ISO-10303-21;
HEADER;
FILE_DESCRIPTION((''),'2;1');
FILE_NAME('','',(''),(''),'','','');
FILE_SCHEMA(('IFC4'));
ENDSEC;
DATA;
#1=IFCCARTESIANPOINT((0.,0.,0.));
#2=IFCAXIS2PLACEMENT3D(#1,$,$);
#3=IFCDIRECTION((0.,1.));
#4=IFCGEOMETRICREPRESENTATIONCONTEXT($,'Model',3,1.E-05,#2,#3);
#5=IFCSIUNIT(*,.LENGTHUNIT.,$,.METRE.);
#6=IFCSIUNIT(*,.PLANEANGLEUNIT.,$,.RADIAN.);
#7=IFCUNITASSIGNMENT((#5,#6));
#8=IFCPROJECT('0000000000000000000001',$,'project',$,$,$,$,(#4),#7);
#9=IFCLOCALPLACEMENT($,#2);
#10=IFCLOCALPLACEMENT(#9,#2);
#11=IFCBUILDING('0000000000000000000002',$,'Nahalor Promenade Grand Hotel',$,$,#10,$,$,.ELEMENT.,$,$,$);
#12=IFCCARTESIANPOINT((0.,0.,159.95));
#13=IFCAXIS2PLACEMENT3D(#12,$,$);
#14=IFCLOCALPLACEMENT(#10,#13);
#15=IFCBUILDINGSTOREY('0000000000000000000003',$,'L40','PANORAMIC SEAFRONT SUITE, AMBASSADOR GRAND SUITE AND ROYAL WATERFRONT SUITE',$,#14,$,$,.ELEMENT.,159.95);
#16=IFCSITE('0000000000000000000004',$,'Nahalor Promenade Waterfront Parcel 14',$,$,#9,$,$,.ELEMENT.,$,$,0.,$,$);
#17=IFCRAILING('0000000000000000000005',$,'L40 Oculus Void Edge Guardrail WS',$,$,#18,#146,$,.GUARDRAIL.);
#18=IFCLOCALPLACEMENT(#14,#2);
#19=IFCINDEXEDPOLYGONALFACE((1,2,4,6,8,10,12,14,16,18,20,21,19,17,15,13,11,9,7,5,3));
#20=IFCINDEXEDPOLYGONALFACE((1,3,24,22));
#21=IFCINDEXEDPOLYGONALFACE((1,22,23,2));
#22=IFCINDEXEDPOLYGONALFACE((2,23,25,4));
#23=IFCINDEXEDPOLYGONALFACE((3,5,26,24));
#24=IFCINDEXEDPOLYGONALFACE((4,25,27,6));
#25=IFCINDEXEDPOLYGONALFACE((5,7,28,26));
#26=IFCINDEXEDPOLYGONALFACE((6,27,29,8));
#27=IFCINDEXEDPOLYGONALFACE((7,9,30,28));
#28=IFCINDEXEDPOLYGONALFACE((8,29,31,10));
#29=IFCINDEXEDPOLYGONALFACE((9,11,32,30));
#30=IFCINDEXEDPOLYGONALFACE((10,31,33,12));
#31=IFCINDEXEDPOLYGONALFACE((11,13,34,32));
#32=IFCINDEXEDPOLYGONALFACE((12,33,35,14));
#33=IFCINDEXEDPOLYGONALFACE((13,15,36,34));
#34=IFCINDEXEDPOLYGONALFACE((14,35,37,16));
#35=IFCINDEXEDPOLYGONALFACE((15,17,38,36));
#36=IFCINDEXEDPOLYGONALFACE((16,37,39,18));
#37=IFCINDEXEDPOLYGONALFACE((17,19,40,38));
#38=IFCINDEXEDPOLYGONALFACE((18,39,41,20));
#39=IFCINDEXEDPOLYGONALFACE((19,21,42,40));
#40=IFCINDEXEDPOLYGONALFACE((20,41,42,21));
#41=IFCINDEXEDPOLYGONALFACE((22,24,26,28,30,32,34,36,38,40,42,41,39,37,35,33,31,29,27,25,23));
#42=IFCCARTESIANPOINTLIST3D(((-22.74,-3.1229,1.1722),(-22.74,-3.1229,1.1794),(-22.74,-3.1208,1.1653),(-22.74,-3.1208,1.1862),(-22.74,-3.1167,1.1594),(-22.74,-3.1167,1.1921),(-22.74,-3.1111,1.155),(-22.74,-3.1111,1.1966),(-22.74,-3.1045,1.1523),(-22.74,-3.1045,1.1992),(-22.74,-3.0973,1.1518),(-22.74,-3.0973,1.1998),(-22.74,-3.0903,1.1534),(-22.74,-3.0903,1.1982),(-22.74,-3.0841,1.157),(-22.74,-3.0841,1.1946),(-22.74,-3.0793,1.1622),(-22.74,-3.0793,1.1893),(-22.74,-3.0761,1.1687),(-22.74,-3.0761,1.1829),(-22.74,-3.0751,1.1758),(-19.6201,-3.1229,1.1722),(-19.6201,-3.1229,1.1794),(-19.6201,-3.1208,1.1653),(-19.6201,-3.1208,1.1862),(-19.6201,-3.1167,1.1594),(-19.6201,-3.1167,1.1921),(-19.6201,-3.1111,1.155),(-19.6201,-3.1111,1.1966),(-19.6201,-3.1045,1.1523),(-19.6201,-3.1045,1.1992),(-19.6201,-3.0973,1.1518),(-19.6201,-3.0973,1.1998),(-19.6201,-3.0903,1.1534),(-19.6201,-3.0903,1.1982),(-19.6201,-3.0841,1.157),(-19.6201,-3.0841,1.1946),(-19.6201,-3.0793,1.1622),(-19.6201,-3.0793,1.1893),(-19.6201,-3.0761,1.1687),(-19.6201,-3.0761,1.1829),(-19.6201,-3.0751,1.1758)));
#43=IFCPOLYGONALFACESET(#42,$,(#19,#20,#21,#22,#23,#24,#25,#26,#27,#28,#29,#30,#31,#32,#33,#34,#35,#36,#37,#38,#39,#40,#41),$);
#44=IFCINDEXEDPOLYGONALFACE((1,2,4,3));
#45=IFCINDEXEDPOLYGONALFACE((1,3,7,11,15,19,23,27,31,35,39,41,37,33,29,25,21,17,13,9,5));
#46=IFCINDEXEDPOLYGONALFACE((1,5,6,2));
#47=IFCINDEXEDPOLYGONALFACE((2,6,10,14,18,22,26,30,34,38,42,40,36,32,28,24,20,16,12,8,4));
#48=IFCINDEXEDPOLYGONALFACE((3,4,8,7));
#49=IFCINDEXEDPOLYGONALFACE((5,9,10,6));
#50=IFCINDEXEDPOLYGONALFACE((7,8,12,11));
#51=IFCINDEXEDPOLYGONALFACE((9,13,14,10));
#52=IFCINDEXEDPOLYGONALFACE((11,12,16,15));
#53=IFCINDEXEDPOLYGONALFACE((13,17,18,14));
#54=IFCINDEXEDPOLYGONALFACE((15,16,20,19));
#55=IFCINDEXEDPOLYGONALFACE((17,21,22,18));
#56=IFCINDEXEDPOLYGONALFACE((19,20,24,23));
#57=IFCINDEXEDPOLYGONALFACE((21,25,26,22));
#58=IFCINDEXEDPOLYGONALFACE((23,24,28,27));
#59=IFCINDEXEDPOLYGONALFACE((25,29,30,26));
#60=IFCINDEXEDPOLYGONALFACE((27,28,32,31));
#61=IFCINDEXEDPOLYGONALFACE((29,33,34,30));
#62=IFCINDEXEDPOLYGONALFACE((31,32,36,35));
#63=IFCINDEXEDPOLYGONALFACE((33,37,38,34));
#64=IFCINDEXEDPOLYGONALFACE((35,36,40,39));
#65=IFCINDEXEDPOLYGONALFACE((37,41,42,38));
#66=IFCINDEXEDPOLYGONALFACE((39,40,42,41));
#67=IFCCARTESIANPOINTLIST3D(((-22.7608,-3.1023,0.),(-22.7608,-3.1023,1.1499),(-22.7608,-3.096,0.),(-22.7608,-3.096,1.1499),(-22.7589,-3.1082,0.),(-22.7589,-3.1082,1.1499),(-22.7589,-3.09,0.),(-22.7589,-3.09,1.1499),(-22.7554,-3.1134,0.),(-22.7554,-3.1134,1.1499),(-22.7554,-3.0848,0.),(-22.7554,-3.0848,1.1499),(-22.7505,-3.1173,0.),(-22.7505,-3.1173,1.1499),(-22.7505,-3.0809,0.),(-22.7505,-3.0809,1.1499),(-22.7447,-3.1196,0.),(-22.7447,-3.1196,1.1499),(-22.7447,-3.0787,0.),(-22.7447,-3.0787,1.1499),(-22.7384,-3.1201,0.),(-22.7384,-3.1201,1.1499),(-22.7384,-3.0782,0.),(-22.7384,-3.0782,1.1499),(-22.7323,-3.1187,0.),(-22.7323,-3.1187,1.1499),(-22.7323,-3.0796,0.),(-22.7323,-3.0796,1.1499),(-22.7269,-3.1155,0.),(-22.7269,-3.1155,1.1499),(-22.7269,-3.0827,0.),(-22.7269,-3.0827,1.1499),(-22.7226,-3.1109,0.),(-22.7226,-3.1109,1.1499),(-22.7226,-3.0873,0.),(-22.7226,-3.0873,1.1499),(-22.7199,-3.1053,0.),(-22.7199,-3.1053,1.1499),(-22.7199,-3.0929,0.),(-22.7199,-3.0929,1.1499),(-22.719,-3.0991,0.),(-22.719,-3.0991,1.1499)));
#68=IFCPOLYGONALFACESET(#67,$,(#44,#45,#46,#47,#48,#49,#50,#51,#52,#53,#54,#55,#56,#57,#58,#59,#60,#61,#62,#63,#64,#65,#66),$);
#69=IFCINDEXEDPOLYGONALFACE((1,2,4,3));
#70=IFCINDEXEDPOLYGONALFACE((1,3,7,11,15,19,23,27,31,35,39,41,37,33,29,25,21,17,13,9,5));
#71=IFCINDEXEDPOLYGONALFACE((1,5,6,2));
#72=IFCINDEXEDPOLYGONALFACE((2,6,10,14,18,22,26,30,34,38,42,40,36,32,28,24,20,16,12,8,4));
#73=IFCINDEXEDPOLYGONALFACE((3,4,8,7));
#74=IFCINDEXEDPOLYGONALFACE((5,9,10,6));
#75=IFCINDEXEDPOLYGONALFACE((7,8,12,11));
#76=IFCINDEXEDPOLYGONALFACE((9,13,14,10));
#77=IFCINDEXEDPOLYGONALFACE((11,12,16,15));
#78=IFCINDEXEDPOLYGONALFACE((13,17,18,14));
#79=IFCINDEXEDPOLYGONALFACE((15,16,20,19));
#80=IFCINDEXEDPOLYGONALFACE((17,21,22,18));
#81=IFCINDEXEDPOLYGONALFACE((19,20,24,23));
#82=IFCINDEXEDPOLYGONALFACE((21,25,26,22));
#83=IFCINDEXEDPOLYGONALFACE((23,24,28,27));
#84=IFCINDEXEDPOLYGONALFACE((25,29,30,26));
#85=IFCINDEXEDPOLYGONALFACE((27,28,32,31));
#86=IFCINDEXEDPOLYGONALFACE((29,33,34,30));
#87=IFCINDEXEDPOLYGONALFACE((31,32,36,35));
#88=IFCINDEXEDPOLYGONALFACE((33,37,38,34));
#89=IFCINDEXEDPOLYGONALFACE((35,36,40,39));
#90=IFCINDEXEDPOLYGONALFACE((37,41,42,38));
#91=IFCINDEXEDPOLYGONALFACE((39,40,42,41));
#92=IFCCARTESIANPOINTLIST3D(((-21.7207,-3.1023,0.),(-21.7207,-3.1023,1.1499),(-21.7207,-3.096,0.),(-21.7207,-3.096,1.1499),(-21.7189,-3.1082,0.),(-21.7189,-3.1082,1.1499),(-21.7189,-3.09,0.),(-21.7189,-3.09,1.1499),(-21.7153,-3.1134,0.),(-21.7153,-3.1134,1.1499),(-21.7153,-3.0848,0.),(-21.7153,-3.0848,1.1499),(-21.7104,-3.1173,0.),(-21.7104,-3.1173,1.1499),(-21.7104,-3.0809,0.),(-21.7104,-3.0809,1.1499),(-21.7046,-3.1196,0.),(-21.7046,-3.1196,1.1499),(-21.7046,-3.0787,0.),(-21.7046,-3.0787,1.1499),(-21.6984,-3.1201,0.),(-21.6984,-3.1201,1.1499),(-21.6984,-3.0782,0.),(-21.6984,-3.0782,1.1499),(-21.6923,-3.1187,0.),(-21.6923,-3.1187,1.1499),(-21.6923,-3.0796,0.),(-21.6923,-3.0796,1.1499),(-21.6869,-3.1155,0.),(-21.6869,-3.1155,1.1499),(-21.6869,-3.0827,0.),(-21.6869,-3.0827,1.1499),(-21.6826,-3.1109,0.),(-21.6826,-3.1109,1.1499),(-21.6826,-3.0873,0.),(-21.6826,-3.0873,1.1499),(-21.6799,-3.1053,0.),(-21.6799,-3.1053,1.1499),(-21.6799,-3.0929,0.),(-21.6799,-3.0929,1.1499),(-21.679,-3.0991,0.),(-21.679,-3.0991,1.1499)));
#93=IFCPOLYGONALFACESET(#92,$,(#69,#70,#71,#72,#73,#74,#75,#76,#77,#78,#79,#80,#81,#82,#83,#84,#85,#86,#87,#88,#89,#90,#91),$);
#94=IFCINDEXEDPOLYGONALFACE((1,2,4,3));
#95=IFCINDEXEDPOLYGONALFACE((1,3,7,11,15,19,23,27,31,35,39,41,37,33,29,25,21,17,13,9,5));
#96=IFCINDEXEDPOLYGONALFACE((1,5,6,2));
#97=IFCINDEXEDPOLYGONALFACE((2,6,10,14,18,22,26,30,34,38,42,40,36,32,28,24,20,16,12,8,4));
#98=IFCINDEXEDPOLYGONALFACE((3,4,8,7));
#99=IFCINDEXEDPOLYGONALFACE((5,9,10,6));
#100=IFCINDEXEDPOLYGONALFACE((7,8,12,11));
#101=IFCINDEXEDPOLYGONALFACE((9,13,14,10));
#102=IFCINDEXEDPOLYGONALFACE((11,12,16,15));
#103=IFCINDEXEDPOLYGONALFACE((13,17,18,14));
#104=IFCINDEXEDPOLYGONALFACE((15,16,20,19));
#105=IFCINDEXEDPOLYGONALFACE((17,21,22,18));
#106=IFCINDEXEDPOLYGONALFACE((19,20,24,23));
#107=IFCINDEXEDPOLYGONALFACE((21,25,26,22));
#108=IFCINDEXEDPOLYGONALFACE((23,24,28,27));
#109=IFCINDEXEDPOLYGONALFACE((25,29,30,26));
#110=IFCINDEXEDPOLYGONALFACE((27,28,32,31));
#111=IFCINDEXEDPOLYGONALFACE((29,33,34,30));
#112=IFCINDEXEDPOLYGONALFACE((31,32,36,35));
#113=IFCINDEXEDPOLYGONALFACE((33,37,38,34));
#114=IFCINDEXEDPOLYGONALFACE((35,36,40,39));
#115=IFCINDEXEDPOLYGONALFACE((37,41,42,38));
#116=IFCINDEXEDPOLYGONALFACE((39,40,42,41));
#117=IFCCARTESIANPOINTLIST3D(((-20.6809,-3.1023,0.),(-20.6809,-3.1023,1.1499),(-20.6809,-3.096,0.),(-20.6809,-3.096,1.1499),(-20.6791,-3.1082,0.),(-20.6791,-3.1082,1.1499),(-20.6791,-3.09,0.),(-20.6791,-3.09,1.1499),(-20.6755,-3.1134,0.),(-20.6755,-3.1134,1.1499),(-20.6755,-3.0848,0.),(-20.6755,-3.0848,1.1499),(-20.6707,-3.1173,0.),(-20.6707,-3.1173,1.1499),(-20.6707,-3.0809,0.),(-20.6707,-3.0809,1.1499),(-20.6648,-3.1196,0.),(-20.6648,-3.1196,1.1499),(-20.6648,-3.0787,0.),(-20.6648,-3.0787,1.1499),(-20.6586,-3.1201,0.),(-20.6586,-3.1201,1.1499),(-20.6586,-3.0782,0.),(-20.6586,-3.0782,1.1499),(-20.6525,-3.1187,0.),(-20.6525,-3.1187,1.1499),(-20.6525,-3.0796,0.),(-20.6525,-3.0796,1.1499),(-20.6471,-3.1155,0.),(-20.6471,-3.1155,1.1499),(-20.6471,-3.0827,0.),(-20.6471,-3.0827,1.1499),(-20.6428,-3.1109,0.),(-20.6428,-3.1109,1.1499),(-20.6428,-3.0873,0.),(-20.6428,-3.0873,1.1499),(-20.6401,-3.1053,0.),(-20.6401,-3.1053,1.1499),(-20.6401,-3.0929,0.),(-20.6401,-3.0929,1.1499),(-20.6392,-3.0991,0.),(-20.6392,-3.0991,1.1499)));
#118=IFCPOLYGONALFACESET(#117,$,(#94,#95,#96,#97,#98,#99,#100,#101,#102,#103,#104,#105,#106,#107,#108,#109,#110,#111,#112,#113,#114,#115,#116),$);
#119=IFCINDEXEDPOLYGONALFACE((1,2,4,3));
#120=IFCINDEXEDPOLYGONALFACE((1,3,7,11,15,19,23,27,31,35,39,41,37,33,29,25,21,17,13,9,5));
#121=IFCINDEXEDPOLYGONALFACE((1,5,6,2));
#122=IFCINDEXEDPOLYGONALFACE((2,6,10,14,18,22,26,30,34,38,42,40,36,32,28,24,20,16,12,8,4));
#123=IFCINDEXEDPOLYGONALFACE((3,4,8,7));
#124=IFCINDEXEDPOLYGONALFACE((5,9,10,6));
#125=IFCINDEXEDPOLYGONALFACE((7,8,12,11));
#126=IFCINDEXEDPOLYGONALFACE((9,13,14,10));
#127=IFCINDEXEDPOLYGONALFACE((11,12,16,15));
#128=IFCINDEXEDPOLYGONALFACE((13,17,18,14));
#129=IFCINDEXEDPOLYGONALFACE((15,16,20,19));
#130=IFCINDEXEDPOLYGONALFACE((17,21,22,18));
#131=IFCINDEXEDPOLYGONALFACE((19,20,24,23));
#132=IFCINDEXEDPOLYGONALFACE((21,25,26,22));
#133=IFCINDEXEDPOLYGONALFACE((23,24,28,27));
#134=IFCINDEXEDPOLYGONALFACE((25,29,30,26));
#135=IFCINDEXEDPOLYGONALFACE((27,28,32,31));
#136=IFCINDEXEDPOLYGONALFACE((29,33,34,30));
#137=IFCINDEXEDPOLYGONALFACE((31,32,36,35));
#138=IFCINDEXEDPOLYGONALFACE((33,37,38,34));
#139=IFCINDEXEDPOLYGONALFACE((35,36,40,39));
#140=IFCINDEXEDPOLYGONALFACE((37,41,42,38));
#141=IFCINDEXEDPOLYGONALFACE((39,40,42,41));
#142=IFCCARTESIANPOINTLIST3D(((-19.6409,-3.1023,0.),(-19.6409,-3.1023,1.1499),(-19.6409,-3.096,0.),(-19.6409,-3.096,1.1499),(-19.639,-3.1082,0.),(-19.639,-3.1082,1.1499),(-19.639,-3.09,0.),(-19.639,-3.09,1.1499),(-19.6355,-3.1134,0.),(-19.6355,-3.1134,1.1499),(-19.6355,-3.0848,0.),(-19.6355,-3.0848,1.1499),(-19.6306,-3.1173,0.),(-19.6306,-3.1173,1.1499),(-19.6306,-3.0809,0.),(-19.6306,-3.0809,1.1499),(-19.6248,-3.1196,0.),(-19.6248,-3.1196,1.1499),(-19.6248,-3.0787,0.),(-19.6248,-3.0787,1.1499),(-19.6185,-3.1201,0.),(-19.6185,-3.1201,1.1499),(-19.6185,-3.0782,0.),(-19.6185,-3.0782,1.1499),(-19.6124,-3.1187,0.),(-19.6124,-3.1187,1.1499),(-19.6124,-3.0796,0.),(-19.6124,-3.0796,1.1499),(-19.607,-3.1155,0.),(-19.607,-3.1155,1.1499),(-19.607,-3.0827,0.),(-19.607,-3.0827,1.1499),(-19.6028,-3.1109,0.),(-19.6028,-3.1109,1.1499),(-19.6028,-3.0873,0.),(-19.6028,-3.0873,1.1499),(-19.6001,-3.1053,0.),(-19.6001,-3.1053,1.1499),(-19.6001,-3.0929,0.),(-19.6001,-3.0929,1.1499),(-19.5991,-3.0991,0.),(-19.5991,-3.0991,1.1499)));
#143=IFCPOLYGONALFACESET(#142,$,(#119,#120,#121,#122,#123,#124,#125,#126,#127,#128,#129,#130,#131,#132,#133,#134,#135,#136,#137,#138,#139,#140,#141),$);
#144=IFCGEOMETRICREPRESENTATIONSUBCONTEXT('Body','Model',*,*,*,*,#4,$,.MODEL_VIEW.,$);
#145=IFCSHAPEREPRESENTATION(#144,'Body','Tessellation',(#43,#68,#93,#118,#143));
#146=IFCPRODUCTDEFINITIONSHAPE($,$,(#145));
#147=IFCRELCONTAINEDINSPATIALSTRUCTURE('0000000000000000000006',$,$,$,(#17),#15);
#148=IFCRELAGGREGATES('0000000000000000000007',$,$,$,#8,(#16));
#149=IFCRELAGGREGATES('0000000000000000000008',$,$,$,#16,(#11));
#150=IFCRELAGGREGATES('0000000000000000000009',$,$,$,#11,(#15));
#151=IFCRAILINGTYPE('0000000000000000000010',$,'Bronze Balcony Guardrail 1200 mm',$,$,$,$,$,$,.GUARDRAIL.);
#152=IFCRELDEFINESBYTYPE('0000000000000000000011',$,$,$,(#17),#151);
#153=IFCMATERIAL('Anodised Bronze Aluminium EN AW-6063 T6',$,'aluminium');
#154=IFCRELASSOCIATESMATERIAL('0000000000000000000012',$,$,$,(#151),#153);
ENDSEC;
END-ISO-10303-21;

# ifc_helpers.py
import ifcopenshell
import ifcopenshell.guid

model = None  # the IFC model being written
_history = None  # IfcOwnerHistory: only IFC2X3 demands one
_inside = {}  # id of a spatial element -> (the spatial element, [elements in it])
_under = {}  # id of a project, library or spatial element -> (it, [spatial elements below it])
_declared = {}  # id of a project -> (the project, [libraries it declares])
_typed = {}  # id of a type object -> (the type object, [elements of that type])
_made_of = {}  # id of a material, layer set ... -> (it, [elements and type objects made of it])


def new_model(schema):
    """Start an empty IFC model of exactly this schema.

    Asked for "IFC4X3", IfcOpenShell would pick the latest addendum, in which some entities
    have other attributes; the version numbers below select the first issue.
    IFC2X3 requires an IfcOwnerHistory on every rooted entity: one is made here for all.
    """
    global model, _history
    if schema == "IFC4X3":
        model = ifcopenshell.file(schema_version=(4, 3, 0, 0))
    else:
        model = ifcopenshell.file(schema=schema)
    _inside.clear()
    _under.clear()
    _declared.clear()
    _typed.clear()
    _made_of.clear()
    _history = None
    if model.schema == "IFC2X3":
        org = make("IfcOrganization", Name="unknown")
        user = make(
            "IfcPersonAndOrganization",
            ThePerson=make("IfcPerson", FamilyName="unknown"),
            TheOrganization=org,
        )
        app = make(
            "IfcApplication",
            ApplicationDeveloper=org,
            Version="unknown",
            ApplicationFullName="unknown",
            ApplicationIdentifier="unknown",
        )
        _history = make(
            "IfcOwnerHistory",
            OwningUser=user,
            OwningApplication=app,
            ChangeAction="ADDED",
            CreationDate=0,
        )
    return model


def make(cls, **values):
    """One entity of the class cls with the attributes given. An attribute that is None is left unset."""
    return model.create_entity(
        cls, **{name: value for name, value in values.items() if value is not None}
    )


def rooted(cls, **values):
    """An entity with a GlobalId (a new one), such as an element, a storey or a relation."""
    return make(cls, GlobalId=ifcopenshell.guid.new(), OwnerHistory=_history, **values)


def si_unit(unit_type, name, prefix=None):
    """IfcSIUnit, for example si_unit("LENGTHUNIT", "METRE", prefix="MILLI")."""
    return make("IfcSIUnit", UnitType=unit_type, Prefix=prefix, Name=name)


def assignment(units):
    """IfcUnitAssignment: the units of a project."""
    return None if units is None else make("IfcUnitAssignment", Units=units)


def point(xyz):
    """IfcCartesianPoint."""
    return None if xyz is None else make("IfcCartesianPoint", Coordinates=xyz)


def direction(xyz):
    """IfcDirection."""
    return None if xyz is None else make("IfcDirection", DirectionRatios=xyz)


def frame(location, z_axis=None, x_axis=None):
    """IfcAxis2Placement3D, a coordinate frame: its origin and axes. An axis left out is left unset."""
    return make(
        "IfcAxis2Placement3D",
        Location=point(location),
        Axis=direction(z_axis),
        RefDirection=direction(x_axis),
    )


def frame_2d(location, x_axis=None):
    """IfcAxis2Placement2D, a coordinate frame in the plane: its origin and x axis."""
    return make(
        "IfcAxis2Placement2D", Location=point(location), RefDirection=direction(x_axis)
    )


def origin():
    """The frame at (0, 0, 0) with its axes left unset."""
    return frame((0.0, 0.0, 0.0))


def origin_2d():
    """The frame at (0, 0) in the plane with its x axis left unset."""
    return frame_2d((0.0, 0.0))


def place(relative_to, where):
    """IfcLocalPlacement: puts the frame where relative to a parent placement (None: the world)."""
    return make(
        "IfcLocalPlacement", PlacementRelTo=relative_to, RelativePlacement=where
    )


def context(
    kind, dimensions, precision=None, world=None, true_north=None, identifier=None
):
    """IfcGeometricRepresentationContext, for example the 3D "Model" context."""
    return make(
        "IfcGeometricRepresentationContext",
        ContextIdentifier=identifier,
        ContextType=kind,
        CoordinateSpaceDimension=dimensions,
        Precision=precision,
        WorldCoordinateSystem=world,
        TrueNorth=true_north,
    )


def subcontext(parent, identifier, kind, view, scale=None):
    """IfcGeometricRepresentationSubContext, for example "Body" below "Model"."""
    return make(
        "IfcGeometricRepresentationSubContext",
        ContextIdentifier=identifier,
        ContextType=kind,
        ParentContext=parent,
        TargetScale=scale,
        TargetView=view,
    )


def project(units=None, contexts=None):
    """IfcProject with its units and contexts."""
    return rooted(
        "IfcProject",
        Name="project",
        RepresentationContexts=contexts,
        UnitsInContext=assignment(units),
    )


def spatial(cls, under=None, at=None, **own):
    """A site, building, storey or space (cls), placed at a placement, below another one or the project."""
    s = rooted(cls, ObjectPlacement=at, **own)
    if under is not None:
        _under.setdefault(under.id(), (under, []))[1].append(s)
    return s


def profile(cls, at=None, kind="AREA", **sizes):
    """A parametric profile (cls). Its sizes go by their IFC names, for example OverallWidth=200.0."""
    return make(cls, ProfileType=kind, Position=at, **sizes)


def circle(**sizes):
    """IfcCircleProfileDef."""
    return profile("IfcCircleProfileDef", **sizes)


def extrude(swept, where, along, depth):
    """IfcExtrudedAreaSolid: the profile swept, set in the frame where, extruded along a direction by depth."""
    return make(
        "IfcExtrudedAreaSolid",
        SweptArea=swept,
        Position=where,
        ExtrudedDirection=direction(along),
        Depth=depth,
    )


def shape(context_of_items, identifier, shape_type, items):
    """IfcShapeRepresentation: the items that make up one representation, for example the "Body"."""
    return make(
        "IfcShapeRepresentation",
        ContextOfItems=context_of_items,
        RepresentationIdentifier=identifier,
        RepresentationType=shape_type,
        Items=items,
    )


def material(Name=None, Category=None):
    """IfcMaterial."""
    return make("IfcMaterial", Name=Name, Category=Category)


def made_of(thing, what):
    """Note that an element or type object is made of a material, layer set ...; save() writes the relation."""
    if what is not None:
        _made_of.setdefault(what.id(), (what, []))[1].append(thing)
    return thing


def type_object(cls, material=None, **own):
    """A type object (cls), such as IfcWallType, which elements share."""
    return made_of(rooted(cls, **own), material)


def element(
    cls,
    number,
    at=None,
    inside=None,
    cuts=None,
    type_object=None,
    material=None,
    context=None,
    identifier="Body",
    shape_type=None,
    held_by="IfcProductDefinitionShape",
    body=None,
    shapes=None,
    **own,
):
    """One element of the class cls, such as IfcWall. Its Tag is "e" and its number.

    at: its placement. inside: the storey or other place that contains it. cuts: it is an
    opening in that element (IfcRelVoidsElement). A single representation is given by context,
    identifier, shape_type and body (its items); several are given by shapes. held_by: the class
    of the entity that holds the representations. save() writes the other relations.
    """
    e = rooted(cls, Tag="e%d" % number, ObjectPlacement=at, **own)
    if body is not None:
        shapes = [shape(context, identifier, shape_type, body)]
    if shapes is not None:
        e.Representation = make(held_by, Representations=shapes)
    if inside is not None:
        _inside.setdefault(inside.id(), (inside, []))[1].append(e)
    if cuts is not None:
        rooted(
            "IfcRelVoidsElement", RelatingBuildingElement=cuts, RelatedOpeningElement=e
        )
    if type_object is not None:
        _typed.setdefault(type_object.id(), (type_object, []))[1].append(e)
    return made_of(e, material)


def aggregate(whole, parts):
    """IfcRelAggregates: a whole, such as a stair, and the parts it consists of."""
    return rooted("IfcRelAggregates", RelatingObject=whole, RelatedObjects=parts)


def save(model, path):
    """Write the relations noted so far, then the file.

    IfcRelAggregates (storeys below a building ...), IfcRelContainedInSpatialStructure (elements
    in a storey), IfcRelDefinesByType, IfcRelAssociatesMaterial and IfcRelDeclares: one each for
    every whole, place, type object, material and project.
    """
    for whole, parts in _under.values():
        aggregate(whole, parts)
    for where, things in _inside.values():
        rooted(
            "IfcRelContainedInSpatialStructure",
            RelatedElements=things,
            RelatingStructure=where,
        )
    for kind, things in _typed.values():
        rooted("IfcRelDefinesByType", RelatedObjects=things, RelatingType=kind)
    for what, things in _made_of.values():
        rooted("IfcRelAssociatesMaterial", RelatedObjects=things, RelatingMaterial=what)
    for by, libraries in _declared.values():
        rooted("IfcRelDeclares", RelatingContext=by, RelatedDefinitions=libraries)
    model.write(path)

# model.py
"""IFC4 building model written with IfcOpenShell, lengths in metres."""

from ifc_helpers import new_model, si_unit, direction, frame, origin, origin_2d, place, context, subcontext, project, spatial, circle, extrude, material, type_object, element, save


model = new_model("IFC4")

# Units and contexts
model_context = context("Model", 3, precision=1e-05, world=origin(), true_north=direction((0.0, 1.0)))
body_context = subcontext(model_context, "Body", "Model", "MODEL_VIEW")
ifc_project = project(units=[si_unit("LENGTHUNIT", "METRE"), si_unit("PLANEANGLEUNIT", "RADIAN")], contexts=[model_context])

# Site, building, storey
site_placement = place(None, origin())
site = spatial("IfcSite", under=ifc_project, at=site_placement, Name="Nahalor Promenade Waterfront Parcel 14", CompositionType="ELEMENT", RefElevation=0.0)
building_placement = place(site_placement, origin())
building = spatial("IfcBuilding", under=site, at=building_placement, Name="Nahalor Promenade Grand Hotel", CompositionType="ELEMENT")
storey_placement = place(building_placement, frame((0.0, 0.0, 159.95)))
storey = spatial("IfcBuildingStorey", under=building, at=storey_placement, Name="L40", Description="PANORAMIC SEAFRONT SUITE, AMBASSADOR GRAND SUITE AND ROYAL WATERFRONT SUITE", CompositionType="ELEMENT", Elevation=159.95)

# Shared definitions
ifc_material_1 = material(Name="Anodised Bronze Aluminium EN AW-6063 T6", Category="aluminium")

# Railing
railing_type = type_object("IfcRailingType", Name="Bronze Balcony Guardrail 1200 mm", PredefinedType="GUARDRAIL", material=ifc_material_1)
railing_placement = place(storey_placement, frame((-22.74, -3.0991, 0.0)))
element("IfcRailing", 1, at=railing_placement, inside=storey, type_object=railing_type, Name="L40 Oculus Void Edge Guardrail WS", PredefinedType="GUARDRAIL", context=body_context, shape_type="SweptSolid", body=[
    extrude(circle(Radius=0.024, at=origin_2d()), frame((0.0, 0.0, 1.1758), z_axis=(1.0, 0.0, 0.0), x_axis=(0.0, 1.0, 0.0)), (0.0, 0.0, 1.0), 3.1199),
    extrude(circle(Radius=0.021, at=origin_2d()), origin(), (0.0, 0.0, 1.0), 1.1499),
    extrude(circle(Radius=0.021, at=origin_2d()), frame((1.04, 0.0, 0.0)), (0.0, 0.0, 1.0), 1.1499),
    extrude(circle(Radius=0.021, at=origin_2d()), frame((2.0798, 0.0, 0.0)), (0.0, 0.0, 1.0), 1.1499),
    extrude(circle(Radius=0.021, at=origin_2d()), frame((3.1199, 0.0, 0.0)), (0.0, 0.0, 1.0), 1.1499),
])

save(model, "model.ifc")
